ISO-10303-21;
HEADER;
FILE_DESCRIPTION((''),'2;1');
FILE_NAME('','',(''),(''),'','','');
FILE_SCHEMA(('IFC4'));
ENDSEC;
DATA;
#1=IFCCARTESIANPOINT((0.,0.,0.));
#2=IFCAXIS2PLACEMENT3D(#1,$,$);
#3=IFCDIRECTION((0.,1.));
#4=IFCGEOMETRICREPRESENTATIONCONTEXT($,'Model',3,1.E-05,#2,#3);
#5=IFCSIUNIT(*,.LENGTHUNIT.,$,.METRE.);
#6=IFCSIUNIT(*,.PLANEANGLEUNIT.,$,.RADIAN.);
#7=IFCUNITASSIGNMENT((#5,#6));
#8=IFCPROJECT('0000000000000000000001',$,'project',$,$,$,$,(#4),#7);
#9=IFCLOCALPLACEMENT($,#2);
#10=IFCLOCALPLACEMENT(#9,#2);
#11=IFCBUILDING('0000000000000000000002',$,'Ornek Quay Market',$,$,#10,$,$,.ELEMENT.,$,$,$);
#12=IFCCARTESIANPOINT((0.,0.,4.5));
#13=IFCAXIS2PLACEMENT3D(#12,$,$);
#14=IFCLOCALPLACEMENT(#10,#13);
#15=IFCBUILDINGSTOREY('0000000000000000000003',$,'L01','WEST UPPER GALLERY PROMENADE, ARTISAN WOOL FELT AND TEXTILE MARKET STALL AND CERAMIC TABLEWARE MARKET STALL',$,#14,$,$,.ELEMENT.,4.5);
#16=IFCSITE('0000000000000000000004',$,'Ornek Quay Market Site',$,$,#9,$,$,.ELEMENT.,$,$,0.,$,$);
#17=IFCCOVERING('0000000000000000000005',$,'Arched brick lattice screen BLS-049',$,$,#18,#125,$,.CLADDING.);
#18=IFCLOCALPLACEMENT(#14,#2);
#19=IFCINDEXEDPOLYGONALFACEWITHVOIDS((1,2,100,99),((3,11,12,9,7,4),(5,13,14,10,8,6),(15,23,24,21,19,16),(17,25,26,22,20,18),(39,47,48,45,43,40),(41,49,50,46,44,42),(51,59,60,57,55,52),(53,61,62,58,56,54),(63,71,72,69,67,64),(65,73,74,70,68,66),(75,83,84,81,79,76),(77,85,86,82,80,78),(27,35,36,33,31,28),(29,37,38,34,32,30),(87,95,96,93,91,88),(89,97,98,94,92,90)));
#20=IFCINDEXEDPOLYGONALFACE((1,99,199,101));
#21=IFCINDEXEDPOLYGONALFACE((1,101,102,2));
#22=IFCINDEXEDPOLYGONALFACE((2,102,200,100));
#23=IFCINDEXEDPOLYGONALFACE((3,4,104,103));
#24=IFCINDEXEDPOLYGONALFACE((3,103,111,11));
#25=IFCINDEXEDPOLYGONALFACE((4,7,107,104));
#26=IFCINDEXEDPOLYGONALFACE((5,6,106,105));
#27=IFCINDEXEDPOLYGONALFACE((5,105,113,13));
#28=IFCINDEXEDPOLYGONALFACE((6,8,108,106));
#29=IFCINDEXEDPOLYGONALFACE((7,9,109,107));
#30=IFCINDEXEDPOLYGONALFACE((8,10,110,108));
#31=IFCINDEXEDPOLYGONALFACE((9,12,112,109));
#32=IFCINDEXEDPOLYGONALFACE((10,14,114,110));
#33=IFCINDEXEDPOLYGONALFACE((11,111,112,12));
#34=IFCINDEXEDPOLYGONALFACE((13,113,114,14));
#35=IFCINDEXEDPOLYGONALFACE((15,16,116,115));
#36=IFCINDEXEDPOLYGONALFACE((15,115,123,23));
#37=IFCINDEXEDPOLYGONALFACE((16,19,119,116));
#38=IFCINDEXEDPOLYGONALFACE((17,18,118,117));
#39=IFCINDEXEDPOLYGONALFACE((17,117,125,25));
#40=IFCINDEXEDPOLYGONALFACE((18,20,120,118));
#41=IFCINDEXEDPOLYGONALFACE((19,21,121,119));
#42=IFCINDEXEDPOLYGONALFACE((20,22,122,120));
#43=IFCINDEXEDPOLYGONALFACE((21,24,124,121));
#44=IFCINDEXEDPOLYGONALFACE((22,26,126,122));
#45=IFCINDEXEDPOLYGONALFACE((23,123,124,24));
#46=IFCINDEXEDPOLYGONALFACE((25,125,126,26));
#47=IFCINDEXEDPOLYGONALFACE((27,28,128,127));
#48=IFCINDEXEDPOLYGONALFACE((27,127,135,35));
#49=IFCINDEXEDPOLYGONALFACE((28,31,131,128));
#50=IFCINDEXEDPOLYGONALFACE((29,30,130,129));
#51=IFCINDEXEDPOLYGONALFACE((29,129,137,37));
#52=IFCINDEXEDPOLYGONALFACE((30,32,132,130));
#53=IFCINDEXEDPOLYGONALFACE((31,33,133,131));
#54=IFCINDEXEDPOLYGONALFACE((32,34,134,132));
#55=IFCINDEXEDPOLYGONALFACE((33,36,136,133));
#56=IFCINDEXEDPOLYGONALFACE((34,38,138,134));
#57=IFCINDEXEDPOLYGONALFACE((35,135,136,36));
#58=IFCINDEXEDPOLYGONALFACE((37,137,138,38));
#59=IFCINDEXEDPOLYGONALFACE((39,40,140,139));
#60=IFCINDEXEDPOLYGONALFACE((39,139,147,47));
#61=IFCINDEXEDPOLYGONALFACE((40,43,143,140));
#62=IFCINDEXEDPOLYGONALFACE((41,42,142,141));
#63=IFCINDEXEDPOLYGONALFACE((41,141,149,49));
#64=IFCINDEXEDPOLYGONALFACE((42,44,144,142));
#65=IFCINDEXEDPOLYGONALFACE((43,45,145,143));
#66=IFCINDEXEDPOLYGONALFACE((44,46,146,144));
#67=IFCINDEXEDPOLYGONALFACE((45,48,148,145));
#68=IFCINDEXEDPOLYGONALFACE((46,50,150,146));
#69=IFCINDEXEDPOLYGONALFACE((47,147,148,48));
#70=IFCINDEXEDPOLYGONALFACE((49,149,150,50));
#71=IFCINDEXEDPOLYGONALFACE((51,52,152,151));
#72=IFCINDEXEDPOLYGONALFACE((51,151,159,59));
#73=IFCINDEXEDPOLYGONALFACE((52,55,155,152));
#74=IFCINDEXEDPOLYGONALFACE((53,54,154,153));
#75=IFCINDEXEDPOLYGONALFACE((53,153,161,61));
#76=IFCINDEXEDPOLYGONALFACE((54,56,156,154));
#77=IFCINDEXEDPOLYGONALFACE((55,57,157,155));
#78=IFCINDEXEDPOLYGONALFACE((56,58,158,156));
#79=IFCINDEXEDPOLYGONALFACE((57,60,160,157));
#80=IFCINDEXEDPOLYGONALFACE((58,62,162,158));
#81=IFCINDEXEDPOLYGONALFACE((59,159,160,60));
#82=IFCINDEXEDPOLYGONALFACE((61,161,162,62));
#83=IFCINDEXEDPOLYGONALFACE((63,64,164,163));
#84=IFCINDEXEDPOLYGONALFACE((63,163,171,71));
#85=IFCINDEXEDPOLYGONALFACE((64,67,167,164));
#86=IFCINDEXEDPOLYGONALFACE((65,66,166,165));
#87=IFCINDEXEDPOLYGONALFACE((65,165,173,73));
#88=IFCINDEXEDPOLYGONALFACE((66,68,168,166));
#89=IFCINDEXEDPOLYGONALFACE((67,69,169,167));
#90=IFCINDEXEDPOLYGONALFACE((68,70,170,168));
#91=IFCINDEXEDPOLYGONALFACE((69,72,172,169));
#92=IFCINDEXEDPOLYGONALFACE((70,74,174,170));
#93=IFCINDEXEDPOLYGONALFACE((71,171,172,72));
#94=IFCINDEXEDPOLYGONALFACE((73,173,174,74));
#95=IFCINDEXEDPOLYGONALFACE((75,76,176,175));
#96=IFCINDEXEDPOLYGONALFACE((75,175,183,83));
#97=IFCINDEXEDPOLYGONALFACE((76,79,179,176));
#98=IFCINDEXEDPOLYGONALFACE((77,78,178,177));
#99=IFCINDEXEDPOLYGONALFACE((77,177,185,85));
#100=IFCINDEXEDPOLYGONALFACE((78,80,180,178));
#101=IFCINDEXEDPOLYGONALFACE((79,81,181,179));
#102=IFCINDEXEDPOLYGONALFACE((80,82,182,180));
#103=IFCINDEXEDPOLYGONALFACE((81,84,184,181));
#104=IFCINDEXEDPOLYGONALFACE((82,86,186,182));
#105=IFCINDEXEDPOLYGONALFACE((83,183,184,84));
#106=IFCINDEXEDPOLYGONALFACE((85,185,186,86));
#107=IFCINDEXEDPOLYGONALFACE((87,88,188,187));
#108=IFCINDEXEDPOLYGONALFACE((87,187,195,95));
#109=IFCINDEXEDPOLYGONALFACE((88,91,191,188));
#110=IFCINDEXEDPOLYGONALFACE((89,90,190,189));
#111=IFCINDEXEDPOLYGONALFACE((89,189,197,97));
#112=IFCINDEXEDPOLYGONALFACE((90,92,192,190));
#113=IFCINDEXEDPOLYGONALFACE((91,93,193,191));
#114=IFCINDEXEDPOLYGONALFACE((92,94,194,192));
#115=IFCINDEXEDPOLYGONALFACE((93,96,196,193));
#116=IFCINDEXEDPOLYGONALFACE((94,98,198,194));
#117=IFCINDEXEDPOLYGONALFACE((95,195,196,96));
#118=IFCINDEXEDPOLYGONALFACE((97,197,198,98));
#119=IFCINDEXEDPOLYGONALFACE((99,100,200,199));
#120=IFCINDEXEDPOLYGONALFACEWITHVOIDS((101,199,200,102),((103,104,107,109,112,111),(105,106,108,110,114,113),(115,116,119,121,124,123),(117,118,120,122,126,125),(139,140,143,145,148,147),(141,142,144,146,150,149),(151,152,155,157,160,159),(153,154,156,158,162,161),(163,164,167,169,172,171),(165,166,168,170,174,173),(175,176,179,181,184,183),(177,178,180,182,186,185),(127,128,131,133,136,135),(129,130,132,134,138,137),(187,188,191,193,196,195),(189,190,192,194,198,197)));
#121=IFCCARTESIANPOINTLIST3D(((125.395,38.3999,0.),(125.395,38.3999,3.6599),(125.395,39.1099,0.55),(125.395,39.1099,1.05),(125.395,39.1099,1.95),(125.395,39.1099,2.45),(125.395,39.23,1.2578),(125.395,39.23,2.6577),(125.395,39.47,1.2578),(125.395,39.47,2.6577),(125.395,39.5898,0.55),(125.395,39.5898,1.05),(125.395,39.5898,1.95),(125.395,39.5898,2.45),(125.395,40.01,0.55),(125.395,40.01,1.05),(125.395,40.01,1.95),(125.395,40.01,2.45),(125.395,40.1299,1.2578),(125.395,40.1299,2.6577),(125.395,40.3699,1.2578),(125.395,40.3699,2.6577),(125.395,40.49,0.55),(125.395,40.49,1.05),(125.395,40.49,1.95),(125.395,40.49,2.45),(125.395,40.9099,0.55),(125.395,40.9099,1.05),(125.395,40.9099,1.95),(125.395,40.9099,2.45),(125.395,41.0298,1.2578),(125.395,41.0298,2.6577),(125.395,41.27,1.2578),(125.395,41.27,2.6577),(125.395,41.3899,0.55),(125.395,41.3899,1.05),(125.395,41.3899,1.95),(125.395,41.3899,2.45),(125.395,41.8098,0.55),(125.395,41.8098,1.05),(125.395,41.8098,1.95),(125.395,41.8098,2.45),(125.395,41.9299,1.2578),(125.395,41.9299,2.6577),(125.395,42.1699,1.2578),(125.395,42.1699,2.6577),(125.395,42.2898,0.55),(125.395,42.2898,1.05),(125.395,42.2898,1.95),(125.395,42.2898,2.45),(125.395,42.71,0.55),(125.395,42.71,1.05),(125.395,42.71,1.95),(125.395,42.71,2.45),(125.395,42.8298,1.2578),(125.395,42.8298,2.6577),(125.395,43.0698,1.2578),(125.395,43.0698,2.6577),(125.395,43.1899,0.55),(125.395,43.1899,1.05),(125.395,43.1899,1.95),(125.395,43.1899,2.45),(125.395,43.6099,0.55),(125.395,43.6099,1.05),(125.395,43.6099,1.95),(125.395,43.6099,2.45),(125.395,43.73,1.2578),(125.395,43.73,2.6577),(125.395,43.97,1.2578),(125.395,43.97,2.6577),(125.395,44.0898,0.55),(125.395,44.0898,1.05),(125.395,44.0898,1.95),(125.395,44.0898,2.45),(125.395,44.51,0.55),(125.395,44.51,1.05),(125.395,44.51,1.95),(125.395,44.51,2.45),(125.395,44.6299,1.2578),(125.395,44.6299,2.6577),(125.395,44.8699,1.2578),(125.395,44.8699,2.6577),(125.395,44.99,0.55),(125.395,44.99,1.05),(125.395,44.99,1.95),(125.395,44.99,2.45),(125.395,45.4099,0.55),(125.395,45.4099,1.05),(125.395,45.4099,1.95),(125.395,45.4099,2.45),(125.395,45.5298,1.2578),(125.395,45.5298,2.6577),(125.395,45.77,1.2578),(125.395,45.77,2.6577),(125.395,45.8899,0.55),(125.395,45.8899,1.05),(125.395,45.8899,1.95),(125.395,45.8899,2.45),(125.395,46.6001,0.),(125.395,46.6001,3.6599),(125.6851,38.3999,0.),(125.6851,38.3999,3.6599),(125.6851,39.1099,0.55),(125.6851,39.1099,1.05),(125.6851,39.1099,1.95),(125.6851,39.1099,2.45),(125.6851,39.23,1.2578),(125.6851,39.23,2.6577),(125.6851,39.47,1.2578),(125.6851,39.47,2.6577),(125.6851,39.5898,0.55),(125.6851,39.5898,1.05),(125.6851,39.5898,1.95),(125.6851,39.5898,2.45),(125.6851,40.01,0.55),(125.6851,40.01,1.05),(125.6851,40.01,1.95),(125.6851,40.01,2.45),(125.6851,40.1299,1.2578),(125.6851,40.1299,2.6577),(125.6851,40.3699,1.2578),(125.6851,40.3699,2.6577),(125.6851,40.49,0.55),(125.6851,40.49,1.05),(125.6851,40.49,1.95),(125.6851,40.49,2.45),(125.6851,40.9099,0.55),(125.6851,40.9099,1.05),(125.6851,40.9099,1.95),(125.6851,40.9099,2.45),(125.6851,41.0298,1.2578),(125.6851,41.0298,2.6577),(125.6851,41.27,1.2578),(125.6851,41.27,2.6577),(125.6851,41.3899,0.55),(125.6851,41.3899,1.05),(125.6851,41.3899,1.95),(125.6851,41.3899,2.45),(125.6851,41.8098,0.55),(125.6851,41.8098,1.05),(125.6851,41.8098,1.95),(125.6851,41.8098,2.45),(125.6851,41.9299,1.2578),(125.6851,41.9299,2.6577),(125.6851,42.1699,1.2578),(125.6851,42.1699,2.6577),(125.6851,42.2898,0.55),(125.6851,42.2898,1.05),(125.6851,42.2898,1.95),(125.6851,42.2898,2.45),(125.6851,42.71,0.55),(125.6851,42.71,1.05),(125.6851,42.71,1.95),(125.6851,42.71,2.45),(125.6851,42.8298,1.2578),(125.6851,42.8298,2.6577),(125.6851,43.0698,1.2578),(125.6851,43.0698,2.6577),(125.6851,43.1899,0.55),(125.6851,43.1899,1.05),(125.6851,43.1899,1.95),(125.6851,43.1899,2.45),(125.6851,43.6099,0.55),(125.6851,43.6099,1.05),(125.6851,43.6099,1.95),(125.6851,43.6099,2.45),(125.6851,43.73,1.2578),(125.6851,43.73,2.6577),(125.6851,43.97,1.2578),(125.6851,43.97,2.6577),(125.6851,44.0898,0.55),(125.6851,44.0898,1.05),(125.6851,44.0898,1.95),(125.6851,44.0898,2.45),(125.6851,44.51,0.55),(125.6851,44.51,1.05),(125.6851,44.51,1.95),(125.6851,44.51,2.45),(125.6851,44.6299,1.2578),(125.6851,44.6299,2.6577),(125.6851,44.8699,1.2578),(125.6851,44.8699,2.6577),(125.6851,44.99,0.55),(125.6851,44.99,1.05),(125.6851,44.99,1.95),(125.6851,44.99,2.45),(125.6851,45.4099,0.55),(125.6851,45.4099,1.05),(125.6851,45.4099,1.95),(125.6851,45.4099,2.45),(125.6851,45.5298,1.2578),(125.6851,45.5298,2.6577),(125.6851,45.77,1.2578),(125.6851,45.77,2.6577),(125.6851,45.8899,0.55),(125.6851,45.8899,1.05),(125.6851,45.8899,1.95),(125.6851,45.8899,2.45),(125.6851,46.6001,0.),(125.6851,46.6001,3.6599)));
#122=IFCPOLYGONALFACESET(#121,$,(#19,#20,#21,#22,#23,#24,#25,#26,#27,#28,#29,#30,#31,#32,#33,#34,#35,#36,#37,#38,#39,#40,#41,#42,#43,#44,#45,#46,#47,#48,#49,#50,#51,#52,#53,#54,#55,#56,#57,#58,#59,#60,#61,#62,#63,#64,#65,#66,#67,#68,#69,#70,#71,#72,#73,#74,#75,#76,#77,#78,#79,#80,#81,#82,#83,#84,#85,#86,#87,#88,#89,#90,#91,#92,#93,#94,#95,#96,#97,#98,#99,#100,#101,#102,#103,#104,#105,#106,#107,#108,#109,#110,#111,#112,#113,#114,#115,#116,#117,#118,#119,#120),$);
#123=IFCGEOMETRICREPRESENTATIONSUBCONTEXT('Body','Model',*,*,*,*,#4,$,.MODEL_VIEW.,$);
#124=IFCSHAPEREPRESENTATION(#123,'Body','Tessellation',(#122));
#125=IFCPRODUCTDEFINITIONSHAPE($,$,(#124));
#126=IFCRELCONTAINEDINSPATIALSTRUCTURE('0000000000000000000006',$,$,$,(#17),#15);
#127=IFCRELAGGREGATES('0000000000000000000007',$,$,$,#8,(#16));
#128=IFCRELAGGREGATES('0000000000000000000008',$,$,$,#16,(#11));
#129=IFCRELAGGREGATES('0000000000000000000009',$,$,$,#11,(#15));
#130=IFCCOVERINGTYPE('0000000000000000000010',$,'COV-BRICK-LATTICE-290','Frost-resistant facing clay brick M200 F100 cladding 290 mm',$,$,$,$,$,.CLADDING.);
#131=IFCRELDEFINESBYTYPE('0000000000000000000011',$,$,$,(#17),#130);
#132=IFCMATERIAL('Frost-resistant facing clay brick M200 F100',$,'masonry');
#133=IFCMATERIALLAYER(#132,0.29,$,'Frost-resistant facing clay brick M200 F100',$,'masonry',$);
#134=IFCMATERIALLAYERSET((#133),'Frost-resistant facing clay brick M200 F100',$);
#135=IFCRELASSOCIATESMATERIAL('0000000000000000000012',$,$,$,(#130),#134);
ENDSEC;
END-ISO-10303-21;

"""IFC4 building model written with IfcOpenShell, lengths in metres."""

from ifc_helpers import new_model, si_unit, direction, frame, origin, place, context, subcontext, project, spatial, polyline, outline, extrude, material, layer, layer_set, type_object, element, save


model = new_model("IFC4")

# Units and contexts
model_context = context("Model", 3, precision=1e-05, world=origin(), true_north=direction((0.0, 1.0)))
body_context = subcontext(model_context, "Body", "Model", "MODEL_VIEW")
ifc_project = project(units=[si_unit("LENGTHUNIT", "METRE"), si_unit("PLANEANGLEUNIT", "RADIAN")], contexts=[model_context])

# Site, building, storey
site_placement = place(None, origin())
site = spatial("IfcSite", under=ifc_project, at=site_placement, Name="Ornek Quay Market Site", CompositionType="ELEMENT", RefElevation=0.0)
building_placement = place(site_placement, origin())
building = spatial("IfcBuilding", under=site, at=building_placement, Name="Ornek Quay Market", CompositionType="ELEMENT")
storey_placement = place(building_placement, frame((0.0, 0.0, 4.5)))
storey = spatial("IfcBuildingStorey", under=building, at=storey_placement, Name="L01", Description="WEST UPPER GALLERY PROMENADE, ARTISAN WOOL FELT AND TEXTILE MARKET STALL AND CERAMIC TABLEWARE MARKET STALL", CompositionType="ELEMENT", Elevation=4.5)

# Shared definitions
ifc_material_1 = material(Name="Frost-resistant facing clay brick M200 F100", Category="masonry")

# Covering
ifc_layer_1 = layer(ifc_material_1, 0.29, Name="Frost-resistant facing clay brick M200 F100", Category="masonry")
ifc_layer_set_1 = layer_set([ifc_layer_1], Name="Frost-resistant facing clay brick M200 F100")
covering_type = type_object("IfcCoveringType", Name="COV-BRICK-LATTICE-290", Description="Frost-resistant facing clay brick M200 F100 cladding 290 mm", PredefinedType="CLADDING", material=ifc_layer_set_1)
covering_1_placement = place(storey_placement, frame((125.54, 38.3999, 0.0), z_axis=(0.0, 0.0, 1.0), x_axis=(0.0, 1.0, 0.0)))
element("IfcCovering", 1, at=covering_1_placement, inside=storey, type_object=covering_type, Name="Arched brick lattice screen BLS-049", PredefinedType="CLADDING", context=body_context, shape_type="SweptSolid", body=[
    extrude(outline(polyline([(0.0, 0.0), (8.2002, 0.0), (8.2002, 3.6599), (0.0, 3.6599), (0.0, 0.0)]), holes=[polyline([(0.71, 0.55), (1.1899, 0.55), (1.1899, 1.05), (1.0701, 1.2578), (0.8301, 1.2578), (0.71, 1.05), (0.71, 0.55)]), polyline([(0.71, 1.95), (1.1899, 1.95), (1.1899, 2.45), (1.0701, 2.6577), (0.8301, 2.6577), (0.71, 2.45), (0.71, 1.95)]), polyline([(1.6101, 0.55), (2.0901, 0.55), (2.0901, 1.05), (1.97, 1.2578), (1.73, 1.2578), (1.6101, 1.05), (1.6101, 0.55)]), polyline([(1.6101, 1.95), (2.0901, 1.95), (2.0901, 2.45), (1.97, 2.6577), (1.73, 2.6577), (1.6101, 2.45), (1.6101, 1.95)]), polyline([(2.51, 0.55), (2.99, 0.55), (2.99, 1.05), (2.8701, 1.2578), (2.6299, 1.2578), (2.51, 1.05), (2.51, 0.55)]), polyline([(2.51, 1.95), (2.99, 1.95), (2.99, 2.45), (2.8701, 2.6577), (2.6299, 2.6577), (2.51, 2.45), (2.51, 1.95)]), polyline([(3.4099, 0.55), (3.8899, 0.55), (3.8899, 1.05), (3.77, 1.2578), (3.53, 1.2578), (3.4099, 1.05), (3.4099, 0.55)]), polyline([(3.4099, 1.95), (3.8899, 1.95), (3.8899, 2.45), (3.77, 2.6577), (3.53, 2.6577), (3.4099, 2.45), (3.4099, 1.95)]), polyline([(4.3101, 0.55), (4.79, 0.55), (4.79, 1.05), (4.6699, 1.2578), (4.4299, 1.2578), (4.3101, 1.05), (4.3101, 0.55)]), polyline([(4.3101, 1.95), (4.79, 1.95), (4.79, 2.45), (4.6699, 2.6577), (4.4299, 2.6577), (4.3101, 2.45), (4.3101, 1.95)]), polyline([(5.21, 0.55), (5.6899, 0.55), (5.6899, 1.05), (5.5701, 1.2578), (5.3301, 1.2578), (5.21, 1.05), (5.21, 0.55)]), polyline([(5.21, 1.95), (5.6899, 1.95), (5.6899, 2.45), (5.5701, 2.6577), (5.3301, 2.6577), (5.21, 2.45), (5.21, 1.95)]), polyline([(6.1101, 0.55), (6.5901, 0.55), (6.5901, 1.05), (6.47, 1.2578), (6.23, 1.2578), (6.1101, 1.05), (6.1101, 0.55)]), polyline([(6.1101, 1.95), (6.5901, 1.95), (6.5901, 2.45), (6.47, 2.6577), (6.23, 2.6577), (6.1101, 2.45), (6.1101, 1.95)]), polyline([(7.01, 0.55), (7.49, 0.55), (7.49, 1.05), (7.3701, 1.2578), (7.1299, 1.2578), (7.01, 1.05), (7.01, 0.55)]), polyline([(7.01, 1.95), (7.49, 1.95), (7.49, 2.45), (7.3701, 2.6577), (7.1299, 2.6577), (7.01, 2.45), (7.01, 1.95)])]), frame((0.0, 0.145, 0.0), z_axis=(0.0, -1.0, 0.0), x_axis=(1.0, 0.0, 0.0)), (0.0, 0.0, 1.0), 0.29),
])

save(model, "model.ifc")
